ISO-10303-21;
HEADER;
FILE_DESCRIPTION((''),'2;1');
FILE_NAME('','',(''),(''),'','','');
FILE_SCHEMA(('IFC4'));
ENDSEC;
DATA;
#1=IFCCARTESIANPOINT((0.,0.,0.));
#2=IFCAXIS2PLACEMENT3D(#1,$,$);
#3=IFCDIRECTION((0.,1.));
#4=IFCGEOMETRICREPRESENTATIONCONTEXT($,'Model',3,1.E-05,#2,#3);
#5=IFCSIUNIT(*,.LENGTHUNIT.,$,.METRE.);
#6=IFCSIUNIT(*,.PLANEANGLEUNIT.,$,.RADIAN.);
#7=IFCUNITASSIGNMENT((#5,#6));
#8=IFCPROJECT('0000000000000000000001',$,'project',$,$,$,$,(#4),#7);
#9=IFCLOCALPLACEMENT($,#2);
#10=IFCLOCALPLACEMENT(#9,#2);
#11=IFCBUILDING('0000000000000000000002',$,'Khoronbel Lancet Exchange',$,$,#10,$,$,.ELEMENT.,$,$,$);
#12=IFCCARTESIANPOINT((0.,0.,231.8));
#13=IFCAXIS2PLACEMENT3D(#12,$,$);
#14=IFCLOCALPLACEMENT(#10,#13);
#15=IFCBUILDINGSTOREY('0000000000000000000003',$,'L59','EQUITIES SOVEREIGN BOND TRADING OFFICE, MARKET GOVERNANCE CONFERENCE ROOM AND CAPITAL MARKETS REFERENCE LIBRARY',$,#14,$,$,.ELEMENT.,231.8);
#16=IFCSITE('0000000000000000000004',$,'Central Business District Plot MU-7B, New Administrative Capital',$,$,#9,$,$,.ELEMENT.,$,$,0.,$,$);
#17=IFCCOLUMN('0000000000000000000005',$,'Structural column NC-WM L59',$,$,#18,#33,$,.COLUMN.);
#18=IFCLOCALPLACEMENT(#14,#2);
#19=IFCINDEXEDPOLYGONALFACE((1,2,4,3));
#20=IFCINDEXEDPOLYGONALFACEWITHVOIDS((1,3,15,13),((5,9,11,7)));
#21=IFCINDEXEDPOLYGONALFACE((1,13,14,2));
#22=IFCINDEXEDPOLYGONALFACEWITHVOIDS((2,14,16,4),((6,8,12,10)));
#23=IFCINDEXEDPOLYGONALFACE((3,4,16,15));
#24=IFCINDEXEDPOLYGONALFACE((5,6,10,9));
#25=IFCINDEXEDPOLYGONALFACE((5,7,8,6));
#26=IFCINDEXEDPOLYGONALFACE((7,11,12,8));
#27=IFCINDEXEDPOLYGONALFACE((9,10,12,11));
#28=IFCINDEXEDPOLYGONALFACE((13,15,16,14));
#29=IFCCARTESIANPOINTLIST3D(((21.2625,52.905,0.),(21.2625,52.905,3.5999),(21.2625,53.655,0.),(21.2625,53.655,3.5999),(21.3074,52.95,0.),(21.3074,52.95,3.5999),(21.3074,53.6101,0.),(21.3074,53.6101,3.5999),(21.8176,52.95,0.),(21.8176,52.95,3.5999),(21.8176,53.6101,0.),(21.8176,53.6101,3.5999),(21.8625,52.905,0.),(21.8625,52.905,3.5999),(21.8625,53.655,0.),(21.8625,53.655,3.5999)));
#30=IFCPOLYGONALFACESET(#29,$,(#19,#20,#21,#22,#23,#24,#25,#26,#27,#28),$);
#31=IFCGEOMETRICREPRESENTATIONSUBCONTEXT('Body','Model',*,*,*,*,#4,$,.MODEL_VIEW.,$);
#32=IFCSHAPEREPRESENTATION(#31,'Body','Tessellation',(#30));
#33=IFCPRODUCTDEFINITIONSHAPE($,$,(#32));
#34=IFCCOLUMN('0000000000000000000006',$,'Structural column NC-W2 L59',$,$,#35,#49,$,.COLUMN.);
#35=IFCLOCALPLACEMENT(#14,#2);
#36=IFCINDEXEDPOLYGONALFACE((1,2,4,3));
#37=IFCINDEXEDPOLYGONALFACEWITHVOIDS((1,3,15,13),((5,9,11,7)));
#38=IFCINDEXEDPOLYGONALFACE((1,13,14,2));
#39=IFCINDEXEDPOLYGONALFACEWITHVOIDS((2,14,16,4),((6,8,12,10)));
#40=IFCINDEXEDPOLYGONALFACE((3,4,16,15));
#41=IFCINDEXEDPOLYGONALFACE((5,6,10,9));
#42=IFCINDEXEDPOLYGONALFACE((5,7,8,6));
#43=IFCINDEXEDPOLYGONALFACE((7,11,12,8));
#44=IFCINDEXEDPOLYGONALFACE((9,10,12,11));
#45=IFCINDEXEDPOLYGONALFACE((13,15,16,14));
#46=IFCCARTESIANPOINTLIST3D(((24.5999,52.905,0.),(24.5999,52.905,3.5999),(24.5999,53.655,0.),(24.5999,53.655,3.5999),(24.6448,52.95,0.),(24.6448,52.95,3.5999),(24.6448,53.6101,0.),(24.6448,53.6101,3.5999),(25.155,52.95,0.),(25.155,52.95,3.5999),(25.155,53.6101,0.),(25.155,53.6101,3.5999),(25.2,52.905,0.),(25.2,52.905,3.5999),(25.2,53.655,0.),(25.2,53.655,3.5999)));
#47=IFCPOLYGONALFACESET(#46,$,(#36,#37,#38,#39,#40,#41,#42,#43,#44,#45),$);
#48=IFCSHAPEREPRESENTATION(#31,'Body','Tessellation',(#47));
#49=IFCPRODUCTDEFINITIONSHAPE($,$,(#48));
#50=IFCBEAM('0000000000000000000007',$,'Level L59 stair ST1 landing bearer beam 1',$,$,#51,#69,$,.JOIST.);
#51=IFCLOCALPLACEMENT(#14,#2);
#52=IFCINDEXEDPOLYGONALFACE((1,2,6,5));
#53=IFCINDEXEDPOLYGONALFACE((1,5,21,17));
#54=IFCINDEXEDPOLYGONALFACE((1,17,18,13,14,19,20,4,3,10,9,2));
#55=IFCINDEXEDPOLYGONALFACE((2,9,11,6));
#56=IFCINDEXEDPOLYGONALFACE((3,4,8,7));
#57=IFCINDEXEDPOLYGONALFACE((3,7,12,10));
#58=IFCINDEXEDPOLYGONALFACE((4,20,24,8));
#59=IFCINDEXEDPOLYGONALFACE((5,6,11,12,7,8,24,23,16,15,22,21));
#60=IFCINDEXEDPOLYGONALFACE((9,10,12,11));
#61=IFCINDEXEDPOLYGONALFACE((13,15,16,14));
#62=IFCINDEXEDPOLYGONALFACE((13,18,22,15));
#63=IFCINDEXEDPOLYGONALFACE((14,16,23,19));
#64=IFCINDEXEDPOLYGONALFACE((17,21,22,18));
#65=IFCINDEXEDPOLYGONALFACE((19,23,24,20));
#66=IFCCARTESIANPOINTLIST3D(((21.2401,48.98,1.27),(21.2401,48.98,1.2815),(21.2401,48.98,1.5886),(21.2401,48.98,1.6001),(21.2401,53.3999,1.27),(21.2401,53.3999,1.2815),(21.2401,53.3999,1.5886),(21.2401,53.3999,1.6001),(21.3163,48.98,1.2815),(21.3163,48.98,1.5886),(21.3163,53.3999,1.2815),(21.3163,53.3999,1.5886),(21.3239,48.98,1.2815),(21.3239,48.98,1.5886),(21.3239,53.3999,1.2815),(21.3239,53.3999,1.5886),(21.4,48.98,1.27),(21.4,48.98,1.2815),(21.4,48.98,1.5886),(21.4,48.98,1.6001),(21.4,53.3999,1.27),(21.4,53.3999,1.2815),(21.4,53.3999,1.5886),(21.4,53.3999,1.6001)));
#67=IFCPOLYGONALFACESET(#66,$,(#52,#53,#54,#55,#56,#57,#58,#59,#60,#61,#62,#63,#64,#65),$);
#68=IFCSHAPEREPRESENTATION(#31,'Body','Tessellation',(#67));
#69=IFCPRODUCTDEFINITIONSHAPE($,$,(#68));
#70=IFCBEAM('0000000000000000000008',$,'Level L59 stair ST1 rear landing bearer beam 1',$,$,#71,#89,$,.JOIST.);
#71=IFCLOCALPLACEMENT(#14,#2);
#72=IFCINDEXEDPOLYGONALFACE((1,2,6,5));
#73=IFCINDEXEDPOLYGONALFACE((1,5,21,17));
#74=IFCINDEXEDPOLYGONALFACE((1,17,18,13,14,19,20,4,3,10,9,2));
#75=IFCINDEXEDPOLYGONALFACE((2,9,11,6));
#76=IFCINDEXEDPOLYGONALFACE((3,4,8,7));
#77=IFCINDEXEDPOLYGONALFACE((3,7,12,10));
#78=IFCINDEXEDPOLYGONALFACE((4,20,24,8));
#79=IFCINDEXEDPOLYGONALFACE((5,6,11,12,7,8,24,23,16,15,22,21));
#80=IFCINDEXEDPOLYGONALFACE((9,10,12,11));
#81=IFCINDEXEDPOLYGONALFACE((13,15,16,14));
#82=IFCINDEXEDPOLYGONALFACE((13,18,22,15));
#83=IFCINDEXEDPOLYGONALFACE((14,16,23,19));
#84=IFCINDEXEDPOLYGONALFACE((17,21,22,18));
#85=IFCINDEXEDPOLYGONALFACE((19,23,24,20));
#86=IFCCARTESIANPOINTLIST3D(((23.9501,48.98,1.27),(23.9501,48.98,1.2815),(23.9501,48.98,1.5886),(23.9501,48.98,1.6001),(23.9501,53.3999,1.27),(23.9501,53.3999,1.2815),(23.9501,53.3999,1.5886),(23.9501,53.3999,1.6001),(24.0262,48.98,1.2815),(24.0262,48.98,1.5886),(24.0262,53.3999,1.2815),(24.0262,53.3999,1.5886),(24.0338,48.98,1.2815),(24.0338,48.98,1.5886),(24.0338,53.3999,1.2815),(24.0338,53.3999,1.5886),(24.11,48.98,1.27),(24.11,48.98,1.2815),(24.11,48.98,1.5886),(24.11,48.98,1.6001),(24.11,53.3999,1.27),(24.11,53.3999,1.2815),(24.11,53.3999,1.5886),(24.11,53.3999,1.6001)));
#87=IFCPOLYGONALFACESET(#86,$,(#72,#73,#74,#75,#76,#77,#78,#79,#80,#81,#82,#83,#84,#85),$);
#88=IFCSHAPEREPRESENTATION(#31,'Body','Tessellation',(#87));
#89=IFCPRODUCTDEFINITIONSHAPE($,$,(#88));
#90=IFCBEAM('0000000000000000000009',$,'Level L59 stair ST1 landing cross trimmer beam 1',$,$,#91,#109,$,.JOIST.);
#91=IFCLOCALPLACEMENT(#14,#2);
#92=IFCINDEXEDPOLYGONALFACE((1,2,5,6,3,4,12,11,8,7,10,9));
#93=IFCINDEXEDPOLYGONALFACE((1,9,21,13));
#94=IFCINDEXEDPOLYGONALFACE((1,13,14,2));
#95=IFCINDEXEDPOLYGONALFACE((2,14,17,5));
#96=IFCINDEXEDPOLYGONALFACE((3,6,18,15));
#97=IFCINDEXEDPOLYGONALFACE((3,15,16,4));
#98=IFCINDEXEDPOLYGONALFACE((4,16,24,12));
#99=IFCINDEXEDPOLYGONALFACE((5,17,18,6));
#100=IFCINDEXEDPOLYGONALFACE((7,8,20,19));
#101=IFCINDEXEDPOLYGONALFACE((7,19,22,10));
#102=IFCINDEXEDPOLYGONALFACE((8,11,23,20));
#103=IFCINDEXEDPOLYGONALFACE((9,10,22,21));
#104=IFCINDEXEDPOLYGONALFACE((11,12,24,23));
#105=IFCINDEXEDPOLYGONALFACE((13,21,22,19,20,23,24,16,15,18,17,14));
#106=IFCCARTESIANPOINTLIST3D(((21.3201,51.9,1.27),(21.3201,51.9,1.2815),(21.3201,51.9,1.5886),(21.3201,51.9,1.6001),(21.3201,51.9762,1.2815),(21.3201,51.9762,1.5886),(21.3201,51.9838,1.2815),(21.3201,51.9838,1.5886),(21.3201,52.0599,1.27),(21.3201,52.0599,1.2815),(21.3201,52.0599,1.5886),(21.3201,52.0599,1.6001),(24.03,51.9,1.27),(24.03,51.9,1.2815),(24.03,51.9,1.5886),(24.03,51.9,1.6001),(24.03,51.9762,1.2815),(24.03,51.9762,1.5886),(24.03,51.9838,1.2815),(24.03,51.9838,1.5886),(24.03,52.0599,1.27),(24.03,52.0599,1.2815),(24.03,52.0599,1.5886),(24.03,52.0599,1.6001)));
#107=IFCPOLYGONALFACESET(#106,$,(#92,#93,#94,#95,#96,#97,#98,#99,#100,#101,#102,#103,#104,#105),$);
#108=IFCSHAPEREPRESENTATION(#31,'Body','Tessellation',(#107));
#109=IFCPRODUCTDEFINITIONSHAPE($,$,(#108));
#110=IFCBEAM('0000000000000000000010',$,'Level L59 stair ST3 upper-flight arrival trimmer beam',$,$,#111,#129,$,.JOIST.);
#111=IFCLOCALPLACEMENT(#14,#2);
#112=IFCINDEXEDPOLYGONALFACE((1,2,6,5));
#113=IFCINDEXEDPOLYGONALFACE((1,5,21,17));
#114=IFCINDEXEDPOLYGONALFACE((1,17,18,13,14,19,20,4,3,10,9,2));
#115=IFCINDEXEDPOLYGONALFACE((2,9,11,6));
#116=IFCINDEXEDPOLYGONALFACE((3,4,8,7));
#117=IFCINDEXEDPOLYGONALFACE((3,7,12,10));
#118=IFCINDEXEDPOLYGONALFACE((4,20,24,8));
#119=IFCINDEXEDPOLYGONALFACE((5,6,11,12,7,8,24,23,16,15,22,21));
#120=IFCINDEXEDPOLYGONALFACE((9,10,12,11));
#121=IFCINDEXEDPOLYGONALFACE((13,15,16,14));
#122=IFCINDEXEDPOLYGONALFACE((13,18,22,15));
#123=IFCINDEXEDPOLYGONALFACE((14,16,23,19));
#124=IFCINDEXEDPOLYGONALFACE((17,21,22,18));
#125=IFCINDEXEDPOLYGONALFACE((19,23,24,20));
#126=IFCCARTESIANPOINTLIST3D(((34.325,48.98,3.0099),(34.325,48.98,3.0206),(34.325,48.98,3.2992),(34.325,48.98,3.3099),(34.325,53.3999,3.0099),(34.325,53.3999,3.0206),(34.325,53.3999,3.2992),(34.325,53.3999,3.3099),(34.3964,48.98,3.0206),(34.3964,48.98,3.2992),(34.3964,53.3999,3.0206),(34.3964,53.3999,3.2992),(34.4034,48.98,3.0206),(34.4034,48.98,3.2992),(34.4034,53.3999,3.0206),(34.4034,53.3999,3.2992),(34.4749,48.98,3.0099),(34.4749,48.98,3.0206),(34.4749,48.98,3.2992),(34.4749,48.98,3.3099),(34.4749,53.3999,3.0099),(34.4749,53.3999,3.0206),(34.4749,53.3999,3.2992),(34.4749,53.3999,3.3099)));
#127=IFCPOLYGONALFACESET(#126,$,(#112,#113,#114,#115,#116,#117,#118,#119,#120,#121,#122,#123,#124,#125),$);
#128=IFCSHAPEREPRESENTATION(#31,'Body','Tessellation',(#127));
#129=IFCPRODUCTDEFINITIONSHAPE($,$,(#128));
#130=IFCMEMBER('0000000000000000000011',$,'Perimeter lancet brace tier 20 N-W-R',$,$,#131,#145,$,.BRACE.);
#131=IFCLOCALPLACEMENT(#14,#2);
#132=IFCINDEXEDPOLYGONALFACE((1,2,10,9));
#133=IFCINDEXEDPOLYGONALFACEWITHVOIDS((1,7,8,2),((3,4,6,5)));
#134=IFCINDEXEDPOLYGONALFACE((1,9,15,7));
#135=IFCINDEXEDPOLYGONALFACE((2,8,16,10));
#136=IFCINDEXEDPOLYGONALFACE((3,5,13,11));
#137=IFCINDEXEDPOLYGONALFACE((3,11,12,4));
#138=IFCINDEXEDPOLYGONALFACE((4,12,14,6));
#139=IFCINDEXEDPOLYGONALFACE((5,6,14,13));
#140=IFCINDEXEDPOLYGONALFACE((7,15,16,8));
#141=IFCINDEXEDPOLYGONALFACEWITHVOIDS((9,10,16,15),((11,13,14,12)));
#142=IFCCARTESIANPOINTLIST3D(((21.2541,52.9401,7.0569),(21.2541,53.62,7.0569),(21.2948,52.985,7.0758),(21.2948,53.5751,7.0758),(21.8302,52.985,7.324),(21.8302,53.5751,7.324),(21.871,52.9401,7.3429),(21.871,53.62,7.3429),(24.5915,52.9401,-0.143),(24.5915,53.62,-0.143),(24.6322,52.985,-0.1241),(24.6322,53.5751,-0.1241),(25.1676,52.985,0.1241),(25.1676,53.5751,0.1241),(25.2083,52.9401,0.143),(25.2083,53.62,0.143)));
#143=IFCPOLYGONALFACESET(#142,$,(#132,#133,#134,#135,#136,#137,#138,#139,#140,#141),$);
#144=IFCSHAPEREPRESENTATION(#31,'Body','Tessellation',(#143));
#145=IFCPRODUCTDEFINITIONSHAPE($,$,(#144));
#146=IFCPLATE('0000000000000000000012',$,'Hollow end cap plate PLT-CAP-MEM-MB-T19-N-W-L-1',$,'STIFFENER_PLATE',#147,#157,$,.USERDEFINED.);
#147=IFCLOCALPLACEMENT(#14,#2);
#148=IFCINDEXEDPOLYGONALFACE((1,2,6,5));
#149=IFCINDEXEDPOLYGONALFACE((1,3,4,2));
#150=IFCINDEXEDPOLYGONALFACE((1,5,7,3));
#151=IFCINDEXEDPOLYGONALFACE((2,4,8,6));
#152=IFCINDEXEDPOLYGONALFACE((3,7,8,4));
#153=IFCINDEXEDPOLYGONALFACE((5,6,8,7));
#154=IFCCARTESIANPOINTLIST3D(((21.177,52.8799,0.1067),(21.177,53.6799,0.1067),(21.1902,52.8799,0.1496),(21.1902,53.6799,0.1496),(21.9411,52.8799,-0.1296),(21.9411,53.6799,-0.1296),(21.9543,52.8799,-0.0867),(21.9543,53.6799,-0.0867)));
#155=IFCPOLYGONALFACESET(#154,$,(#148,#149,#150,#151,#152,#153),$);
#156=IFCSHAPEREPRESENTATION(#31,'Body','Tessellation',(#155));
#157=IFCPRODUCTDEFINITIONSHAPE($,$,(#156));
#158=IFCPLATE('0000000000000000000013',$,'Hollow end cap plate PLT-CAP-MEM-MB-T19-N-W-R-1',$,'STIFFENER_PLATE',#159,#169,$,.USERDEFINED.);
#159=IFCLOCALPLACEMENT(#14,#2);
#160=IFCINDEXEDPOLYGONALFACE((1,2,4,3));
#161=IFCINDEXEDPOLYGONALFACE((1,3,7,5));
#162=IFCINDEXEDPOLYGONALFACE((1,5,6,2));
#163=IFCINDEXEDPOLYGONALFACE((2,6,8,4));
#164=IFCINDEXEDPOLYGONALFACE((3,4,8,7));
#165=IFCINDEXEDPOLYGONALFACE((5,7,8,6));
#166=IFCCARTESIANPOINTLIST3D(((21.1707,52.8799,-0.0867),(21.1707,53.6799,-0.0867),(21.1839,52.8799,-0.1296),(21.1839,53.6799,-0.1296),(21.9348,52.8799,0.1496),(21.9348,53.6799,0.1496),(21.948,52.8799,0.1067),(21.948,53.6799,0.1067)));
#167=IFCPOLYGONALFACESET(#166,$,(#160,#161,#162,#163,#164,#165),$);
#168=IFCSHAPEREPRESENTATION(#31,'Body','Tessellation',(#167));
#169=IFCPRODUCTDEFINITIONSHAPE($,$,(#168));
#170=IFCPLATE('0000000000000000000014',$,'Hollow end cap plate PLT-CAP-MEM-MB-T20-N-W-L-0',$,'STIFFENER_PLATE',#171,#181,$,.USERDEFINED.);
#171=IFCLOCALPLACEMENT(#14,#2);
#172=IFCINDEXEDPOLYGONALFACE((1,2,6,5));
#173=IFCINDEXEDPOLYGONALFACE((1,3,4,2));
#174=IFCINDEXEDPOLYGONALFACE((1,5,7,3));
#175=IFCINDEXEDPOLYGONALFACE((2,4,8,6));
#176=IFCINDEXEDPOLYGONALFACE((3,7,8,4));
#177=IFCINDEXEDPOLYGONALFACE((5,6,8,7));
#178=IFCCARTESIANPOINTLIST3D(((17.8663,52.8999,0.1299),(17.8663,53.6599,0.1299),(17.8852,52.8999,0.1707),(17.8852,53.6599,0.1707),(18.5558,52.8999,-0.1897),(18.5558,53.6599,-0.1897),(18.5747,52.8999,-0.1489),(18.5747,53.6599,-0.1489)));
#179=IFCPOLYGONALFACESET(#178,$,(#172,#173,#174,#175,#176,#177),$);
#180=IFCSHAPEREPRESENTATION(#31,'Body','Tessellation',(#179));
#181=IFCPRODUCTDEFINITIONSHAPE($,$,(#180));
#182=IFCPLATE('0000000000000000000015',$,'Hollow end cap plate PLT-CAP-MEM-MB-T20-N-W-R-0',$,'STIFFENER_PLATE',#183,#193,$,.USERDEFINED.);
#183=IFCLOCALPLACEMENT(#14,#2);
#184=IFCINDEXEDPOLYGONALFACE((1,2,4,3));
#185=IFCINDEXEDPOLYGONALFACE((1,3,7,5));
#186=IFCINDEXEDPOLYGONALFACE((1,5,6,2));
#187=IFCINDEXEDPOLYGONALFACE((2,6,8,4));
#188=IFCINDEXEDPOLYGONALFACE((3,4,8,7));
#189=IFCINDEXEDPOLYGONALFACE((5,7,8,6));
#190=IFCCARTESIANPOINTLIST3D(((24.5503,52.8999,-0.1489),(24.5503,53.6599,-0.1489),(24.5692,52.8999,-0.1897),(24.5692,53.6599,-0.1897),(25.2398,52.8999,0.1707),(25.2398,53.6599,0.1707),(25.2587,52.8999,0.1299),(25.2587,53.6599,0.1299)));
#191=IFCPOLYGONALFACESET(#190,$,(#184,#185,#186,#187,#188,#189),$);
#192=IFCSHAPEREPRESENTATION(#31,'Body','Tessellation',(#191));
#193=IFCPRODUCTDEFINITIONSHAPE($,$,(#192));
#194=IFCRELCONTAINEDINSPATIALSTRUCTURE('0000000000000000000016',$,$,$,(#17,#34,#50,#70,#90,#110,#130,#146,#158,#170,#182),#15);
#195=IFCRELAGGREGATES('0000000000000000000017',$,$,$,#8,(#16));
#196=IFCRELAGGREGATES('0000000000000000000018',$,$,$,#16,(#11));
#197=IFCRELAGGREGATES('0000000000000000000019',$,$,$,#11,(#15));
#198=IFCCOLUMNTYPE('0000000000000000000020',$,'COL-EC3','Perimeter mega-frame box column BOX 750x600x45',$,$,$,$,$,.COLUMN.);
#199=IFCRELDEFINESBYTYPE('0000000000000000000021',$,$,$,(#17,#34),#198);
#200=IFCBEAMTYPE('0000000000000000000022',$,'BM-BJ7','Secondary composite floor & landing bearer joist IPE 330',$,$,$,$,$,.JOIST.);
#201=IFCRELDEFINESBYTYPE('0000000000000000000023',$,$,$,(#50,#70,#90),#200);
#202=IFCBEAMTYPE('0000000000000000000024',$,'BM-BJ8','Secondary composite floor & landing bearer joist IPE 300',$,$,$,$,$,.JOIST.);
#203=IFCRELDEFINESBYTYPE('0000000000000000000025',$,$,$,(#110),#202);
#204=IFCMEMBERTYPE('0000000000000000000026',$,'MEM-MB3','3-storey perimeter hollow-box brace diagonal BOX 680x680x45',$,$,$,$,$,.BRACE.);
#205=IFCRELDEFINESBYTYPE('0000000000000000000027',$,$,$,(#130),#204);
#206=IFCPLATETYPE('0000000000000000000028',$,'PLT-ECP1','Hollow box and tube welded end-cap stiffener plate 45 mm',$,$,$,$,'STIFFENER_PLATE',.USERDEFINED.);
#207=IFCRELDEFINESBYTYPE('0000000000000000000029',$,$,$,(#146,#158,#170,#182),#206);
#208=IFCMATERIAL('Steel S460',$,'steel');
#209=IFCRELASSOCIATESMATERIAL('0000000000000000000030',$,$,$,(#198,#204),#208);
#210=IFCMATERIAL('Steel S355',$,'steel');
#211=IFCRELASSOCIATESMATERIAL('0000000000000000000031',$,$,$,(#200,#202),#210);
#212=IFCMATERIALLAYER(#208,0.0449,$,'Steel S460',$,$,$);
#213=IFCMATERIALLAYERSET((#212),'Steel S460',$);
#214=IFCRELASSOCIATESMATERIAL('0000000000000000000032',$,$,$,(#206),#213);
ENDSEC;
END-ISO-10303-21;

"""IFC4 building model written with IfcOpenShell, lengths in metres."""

from ifc_helpers import new_model, si_unit, direction, frame, origin, origin_2d, place, context, subcontext, project, spatial, polyline, hollow_rectangle, i_section, outline, extrude, material, layer, layer_set, material_profile, profile_set, type_object, element, save


model = new_model("IFC4")

# Units and contexts
model_context = context("Model", 3, precision=1e-05, world=origin(), true_north=direction((0.0, 1.0)))
body_context = subcontext(model_context, "Body", "Model", "MODEL_VIEW")
ifc_project = project(units=[si_unit("LENGTHUNIT", "METRE"), si_unit("PLANEANGLEUNIT", "RADIAN")], contexts=[model_context])

# Site, building, storey
site_placement = place(None, origin())
site = spatial("IfcSite", under=ifc_project, at=site_placement, Name="Central Business District Plot MU-7B, New Administrative Capital", CompositionType="ELEMENT", RefElevation=0.0)
building_placement = place(site_placement, origin())
building = spatial("IfcBuilding", under=site, at=building_placement, Name="Khoronbel Lancet Exchange", CompositionType="ELEMENT")
storey_placement = place(building_placement, frame((0.0, 0.0, 231.8)))
storey = spatial("IfcBuildingStorey", under=building, at=storey_placement, Name="L59", Description="EQUITIES SOVEREIGN BOND TRADING OFFICE, MARKET GOVERNANCE CONFERENCE ROOM AND CAPITAL MARKETS REFERENCE LIBRARY", CompositionType="ELEMENT", Elevation=231.8)

# Columns
ifc_material_1 = material(Name="Steel S460", Category="steel")
ifc_material_profile_1 = material_profile(ifc_material_1, hollow_rectangle(XDim=0.6001, YDim=0.75, WallThickness=0.0449, at=origin_2d()), Name="BOX 750x600x45")
ifc_profile_set_1 = profile_set([ifc_material_profile_1], Name="Steel S460")
column_type = type_object("IfcColumnType", Name="COL-EC3", Description="Perimeter mega-frame box column BOX 750x600x45", PredefinedType="COLUMN", material=ifc_profile_set_1)
for number, where, z_axis, x_axis, name in (
    (1, (21.5625, 53.28, 0.0), (0.0, 0.0, 1.0), (1.0, 0.0, 0.0), "Structural column NC-WM L59"),
    (2, (24.8999, 53.28, 0.0), (0.0, 0.0, 1.0), (1.0, 0.0, 0.0), "Structural column NC-W2 L59"),
):
    element("IfcColumn", number, at=place(storey_placement, frame(where, z_axis=z_axis, x_axis=x_axis)), inside=storey, type_object=column_type, Name=name, PredefinedType="COLUMN", context=body_context, shape_type="SweptSolid", body=[
        extrude(hollow_rectangle(XDim=0.6001, YDim=0.75, WallThickness=0.0449, at=origin_2d()), origin(), (0.0, 0.0, 1.0), 3.5999),
    ])

# Beams
ifc_material_2 = material(Name="Steel S355", Category="steel")
ifc_material_profile_2 = material_profile(ifc_material_2, i_section(OverallWidth=0.1599, OverallDepth=0.3301, WebThickness=0.0076, FlangeThickness=0.0115, at=origin_2d()), Name="IPE 330")
ifc_profile_set_2 = profile_set([ifc_material_profile_2], Name="Steel S355")
beam_type_1 = type_object("IfcBeamType", Name="BM-BJ7", Description="Secondary composite floor & landing bearer joist IPE 330", PredefinedType="JOIST", material=ifc_profile_set_2)
for number, where, z_axis, x_axis, name in (
    (3, (21.3201, 48.98, 1.4351), (0.0, 1.0, 0.0), (-1.0, 0.0, 0.0), "Level L59 stair ST1 landing bearer beam 1"),
    (4, (24.03, 48.98, 1.4351), (0.0, 1.0, 0.0), (-1.0, 0.0, 0.0), "Level L59 stair ST1 rear landing bearer beam 1"),
):
    element("IfcBeam", number, at=place(storey_placement, frame(where, z_axis=z_axis, x_axis=x_axis)), inside=storey, type_object=beam_type_1, Name=name, PredefinedType="JOIST", context=body_context, shape_type="SweptSolid", body=[
        extrude(i_section(OverallWidth=0.1599, OverallDepth=0.3301, WebThickness=0.0076, FlangeThickness=0.0115, at=origin_2d()), origin(), (0.0, 0.0, 1.0), 4.4199),
    ])
beam_1_placement = place(storey_placement, frame((21.3201, 51.98, 1.4351), z_axis=(1.0, 0.0, 0.0), x_axis=(0.0, 1.0, 0.0)))
element("IfcBeam", 5, at=beam_1_placement, inside=storey, type_object=beam_type_1, Name="Level L59 stair ST1 landing cross trimmer beam 1", PredefinedType="JOIST", context=body_context, shape_type="SweptSolid", body=[
    extrude(i_section(OverallWidth=0.1599, OverallDepth=0.3301, WebThickness=0.0076, FlangeThickness=0.0115, at=origin_2d()), origin(), (0.0, 0.0, 1.0), 2.71),
])
ifc_material_profile_3 = material_profile(ifc_material_2, i_section(OverallWidth=0.1499, OverallDepth=0.3, WebThickness=0.0071, FlangeThickness=0.0107, at=origin_2d()), Name="IPE 300")
ifc_profile_set_3 = profile_set([ifc_material_profile_3], Name="Steel S355")
beam_type_2 = type_object("IfcBeamType", Name="BM-BJ8", Description="Secondary composite floor & landing bearer joist IPE 300", PredefinedType="JOIST", material=ifc_profile_set_3)
beam_2_placement = place(storey_placement, frame((34.3999, 48.98, 3.1599), z_axis=(0.0, 1.0, 0.0), x_axis=(-1.0, 0.0, 0.0)))
element("IfcBeam", 6, at=beam_2_placement, inside=storey, type_object=beam_type_2, Name="Level L59 stair ST3 upper-flight arrival trimmer beam", PredefinedType="JOIST", context=body_context, shape_type="SweptSolid", body=[
    extrude(i_section(OverallWidth=0.1499, OverallDepth=0.3, WebThickness=0.0071, FlangeThickness=0.0107, at=origin_2d()), origin(), (0.0, 0.0, 1.0), 4.4199),
])

# Member
ifc_material_profile_4 = material_profile(ifc_material_1, hollow_rectangle(XDim=0.6799, YDim=0.6799, WallThickness=0.0449, at=origin_2d()), Name="BOX 680x680x45")
ifc_profile_set_4 = profile_set([ifc_material_profile_4], Name="Steel S460")
member_type = type_object("IfcMemberType", Name="MEM-MB3", Description="3-storey perimeter hollow-box brace diagonal BOX 680x680x45", PredefinedType="BRACE", material=ifc_profile_set_4)
member_placement = place(storey_placement, frame((24.8999, 53.28, 0.0), z_axis=(-0.420548, 0.0, 0.90727), x_axis=(0.0, -1.0, 0.0)))
element("IfcMember", 7, at=member_placement, inside=storey, type_object=member_type, Name="Perimeter lancet brace tier 20 N-W-R", PredefinedType="BRACE", context=body_context, shape_type="SweptSolid", body=[
    extrude(hollow_rectangle(XDim=0.6799, YDim=0.6799, WallThickness=0.0449, at=origin_2d()), origin(), (0.0, 0.0, 1.0), 7.9358),
])

# Plates
ifc_layer_1 = layer(ifc_material_1, 0.0449, Name="Steel S460")
ifc_layer_set_1 = layer_set([ifc_layer_1], Name="Steel S460")
plate_type = type_object("IfcPlateType", Name="PLT-ECP1", Description="Hollow box and tube welded end-cap stiffener plate 45 mm", ElementType="STIFFENER_PLATE", PredefinedType="USERDEFINED", material=ifc_layer_set_1)
for number, where, z_axis, x_axis, name in (
    (8, (21.9543, 52.8799, -0.0867), (0.295458, 0.0, 0.955356), (0.0, 1.0, 0.0), "Hollow end cap plate PLT-CAP-MEM-MB-T19-N-W-L-1"),
    (9, (21.1707, 53.6799, -0.0867), (-0.295458, 0.0, 0.955356), (0.0, -1.0, 0.0), "Hollow end cap plate PLT-CAP-MEM-MB-T19-N-W-R-1"),
):
    element("IfcPlate", number, at=place(storey_placement, frame(where, z_axis=z_axis, x_axis=x_axis)), inside=storey, type_object=plate_type, Name=name, ObjectType="STIFFENER_PLATE", PredefinedType="USERDEFINED", context=body_context, shape_type="SweptSolid", body=[
        extrude(outline(polyline([(0.0, 0.0), (0.8, 0.0), (0.8, 0.7998), (0.0, 0.7998), (0.0, 0.0)])), origin(), (0.0, 0.0, -1.0), 0.0449),
    ])
for number, where, z_axis, x_axis, name in (
    (10, (18.5747, 52.8999, -0.1489), (0.420545, 0.0, 0.907272), (0.0, 1.0, 0.0), "Hollow end cap plate PLT-CAP-MEM-MB-T20-N-W-L-0"),
    (11, (24.5503, 53.6599, -0.1489), (-0.420545, 0.0, 0.907272), (0.0, -1.0, 0.0), "Hollow end cap plate PLT-CAP-MEM-MB-T20-N-W-R-0"),
):
    element("IfcPlate", number, at=place(storey_placement, frame(where, z_axis=z_axis, x_axis=x_axis)), inside=storey, type_object=plate_type, Name=name, ObjectType="STIFFENER_PLATE", PredefinedType="USERDEFINED", context=body_context, shape_type="SweptSolid", body=[
        extrude(outline(polyline([(0.0, 0.0), (0.76, 0.0), (0.76, 0.76), (0.0, 0.76), (0.0, 0.0)])), origin(), (0.0, 0.0, -1.0), 0.0449),
    ])

save(model, "model.ifc")
